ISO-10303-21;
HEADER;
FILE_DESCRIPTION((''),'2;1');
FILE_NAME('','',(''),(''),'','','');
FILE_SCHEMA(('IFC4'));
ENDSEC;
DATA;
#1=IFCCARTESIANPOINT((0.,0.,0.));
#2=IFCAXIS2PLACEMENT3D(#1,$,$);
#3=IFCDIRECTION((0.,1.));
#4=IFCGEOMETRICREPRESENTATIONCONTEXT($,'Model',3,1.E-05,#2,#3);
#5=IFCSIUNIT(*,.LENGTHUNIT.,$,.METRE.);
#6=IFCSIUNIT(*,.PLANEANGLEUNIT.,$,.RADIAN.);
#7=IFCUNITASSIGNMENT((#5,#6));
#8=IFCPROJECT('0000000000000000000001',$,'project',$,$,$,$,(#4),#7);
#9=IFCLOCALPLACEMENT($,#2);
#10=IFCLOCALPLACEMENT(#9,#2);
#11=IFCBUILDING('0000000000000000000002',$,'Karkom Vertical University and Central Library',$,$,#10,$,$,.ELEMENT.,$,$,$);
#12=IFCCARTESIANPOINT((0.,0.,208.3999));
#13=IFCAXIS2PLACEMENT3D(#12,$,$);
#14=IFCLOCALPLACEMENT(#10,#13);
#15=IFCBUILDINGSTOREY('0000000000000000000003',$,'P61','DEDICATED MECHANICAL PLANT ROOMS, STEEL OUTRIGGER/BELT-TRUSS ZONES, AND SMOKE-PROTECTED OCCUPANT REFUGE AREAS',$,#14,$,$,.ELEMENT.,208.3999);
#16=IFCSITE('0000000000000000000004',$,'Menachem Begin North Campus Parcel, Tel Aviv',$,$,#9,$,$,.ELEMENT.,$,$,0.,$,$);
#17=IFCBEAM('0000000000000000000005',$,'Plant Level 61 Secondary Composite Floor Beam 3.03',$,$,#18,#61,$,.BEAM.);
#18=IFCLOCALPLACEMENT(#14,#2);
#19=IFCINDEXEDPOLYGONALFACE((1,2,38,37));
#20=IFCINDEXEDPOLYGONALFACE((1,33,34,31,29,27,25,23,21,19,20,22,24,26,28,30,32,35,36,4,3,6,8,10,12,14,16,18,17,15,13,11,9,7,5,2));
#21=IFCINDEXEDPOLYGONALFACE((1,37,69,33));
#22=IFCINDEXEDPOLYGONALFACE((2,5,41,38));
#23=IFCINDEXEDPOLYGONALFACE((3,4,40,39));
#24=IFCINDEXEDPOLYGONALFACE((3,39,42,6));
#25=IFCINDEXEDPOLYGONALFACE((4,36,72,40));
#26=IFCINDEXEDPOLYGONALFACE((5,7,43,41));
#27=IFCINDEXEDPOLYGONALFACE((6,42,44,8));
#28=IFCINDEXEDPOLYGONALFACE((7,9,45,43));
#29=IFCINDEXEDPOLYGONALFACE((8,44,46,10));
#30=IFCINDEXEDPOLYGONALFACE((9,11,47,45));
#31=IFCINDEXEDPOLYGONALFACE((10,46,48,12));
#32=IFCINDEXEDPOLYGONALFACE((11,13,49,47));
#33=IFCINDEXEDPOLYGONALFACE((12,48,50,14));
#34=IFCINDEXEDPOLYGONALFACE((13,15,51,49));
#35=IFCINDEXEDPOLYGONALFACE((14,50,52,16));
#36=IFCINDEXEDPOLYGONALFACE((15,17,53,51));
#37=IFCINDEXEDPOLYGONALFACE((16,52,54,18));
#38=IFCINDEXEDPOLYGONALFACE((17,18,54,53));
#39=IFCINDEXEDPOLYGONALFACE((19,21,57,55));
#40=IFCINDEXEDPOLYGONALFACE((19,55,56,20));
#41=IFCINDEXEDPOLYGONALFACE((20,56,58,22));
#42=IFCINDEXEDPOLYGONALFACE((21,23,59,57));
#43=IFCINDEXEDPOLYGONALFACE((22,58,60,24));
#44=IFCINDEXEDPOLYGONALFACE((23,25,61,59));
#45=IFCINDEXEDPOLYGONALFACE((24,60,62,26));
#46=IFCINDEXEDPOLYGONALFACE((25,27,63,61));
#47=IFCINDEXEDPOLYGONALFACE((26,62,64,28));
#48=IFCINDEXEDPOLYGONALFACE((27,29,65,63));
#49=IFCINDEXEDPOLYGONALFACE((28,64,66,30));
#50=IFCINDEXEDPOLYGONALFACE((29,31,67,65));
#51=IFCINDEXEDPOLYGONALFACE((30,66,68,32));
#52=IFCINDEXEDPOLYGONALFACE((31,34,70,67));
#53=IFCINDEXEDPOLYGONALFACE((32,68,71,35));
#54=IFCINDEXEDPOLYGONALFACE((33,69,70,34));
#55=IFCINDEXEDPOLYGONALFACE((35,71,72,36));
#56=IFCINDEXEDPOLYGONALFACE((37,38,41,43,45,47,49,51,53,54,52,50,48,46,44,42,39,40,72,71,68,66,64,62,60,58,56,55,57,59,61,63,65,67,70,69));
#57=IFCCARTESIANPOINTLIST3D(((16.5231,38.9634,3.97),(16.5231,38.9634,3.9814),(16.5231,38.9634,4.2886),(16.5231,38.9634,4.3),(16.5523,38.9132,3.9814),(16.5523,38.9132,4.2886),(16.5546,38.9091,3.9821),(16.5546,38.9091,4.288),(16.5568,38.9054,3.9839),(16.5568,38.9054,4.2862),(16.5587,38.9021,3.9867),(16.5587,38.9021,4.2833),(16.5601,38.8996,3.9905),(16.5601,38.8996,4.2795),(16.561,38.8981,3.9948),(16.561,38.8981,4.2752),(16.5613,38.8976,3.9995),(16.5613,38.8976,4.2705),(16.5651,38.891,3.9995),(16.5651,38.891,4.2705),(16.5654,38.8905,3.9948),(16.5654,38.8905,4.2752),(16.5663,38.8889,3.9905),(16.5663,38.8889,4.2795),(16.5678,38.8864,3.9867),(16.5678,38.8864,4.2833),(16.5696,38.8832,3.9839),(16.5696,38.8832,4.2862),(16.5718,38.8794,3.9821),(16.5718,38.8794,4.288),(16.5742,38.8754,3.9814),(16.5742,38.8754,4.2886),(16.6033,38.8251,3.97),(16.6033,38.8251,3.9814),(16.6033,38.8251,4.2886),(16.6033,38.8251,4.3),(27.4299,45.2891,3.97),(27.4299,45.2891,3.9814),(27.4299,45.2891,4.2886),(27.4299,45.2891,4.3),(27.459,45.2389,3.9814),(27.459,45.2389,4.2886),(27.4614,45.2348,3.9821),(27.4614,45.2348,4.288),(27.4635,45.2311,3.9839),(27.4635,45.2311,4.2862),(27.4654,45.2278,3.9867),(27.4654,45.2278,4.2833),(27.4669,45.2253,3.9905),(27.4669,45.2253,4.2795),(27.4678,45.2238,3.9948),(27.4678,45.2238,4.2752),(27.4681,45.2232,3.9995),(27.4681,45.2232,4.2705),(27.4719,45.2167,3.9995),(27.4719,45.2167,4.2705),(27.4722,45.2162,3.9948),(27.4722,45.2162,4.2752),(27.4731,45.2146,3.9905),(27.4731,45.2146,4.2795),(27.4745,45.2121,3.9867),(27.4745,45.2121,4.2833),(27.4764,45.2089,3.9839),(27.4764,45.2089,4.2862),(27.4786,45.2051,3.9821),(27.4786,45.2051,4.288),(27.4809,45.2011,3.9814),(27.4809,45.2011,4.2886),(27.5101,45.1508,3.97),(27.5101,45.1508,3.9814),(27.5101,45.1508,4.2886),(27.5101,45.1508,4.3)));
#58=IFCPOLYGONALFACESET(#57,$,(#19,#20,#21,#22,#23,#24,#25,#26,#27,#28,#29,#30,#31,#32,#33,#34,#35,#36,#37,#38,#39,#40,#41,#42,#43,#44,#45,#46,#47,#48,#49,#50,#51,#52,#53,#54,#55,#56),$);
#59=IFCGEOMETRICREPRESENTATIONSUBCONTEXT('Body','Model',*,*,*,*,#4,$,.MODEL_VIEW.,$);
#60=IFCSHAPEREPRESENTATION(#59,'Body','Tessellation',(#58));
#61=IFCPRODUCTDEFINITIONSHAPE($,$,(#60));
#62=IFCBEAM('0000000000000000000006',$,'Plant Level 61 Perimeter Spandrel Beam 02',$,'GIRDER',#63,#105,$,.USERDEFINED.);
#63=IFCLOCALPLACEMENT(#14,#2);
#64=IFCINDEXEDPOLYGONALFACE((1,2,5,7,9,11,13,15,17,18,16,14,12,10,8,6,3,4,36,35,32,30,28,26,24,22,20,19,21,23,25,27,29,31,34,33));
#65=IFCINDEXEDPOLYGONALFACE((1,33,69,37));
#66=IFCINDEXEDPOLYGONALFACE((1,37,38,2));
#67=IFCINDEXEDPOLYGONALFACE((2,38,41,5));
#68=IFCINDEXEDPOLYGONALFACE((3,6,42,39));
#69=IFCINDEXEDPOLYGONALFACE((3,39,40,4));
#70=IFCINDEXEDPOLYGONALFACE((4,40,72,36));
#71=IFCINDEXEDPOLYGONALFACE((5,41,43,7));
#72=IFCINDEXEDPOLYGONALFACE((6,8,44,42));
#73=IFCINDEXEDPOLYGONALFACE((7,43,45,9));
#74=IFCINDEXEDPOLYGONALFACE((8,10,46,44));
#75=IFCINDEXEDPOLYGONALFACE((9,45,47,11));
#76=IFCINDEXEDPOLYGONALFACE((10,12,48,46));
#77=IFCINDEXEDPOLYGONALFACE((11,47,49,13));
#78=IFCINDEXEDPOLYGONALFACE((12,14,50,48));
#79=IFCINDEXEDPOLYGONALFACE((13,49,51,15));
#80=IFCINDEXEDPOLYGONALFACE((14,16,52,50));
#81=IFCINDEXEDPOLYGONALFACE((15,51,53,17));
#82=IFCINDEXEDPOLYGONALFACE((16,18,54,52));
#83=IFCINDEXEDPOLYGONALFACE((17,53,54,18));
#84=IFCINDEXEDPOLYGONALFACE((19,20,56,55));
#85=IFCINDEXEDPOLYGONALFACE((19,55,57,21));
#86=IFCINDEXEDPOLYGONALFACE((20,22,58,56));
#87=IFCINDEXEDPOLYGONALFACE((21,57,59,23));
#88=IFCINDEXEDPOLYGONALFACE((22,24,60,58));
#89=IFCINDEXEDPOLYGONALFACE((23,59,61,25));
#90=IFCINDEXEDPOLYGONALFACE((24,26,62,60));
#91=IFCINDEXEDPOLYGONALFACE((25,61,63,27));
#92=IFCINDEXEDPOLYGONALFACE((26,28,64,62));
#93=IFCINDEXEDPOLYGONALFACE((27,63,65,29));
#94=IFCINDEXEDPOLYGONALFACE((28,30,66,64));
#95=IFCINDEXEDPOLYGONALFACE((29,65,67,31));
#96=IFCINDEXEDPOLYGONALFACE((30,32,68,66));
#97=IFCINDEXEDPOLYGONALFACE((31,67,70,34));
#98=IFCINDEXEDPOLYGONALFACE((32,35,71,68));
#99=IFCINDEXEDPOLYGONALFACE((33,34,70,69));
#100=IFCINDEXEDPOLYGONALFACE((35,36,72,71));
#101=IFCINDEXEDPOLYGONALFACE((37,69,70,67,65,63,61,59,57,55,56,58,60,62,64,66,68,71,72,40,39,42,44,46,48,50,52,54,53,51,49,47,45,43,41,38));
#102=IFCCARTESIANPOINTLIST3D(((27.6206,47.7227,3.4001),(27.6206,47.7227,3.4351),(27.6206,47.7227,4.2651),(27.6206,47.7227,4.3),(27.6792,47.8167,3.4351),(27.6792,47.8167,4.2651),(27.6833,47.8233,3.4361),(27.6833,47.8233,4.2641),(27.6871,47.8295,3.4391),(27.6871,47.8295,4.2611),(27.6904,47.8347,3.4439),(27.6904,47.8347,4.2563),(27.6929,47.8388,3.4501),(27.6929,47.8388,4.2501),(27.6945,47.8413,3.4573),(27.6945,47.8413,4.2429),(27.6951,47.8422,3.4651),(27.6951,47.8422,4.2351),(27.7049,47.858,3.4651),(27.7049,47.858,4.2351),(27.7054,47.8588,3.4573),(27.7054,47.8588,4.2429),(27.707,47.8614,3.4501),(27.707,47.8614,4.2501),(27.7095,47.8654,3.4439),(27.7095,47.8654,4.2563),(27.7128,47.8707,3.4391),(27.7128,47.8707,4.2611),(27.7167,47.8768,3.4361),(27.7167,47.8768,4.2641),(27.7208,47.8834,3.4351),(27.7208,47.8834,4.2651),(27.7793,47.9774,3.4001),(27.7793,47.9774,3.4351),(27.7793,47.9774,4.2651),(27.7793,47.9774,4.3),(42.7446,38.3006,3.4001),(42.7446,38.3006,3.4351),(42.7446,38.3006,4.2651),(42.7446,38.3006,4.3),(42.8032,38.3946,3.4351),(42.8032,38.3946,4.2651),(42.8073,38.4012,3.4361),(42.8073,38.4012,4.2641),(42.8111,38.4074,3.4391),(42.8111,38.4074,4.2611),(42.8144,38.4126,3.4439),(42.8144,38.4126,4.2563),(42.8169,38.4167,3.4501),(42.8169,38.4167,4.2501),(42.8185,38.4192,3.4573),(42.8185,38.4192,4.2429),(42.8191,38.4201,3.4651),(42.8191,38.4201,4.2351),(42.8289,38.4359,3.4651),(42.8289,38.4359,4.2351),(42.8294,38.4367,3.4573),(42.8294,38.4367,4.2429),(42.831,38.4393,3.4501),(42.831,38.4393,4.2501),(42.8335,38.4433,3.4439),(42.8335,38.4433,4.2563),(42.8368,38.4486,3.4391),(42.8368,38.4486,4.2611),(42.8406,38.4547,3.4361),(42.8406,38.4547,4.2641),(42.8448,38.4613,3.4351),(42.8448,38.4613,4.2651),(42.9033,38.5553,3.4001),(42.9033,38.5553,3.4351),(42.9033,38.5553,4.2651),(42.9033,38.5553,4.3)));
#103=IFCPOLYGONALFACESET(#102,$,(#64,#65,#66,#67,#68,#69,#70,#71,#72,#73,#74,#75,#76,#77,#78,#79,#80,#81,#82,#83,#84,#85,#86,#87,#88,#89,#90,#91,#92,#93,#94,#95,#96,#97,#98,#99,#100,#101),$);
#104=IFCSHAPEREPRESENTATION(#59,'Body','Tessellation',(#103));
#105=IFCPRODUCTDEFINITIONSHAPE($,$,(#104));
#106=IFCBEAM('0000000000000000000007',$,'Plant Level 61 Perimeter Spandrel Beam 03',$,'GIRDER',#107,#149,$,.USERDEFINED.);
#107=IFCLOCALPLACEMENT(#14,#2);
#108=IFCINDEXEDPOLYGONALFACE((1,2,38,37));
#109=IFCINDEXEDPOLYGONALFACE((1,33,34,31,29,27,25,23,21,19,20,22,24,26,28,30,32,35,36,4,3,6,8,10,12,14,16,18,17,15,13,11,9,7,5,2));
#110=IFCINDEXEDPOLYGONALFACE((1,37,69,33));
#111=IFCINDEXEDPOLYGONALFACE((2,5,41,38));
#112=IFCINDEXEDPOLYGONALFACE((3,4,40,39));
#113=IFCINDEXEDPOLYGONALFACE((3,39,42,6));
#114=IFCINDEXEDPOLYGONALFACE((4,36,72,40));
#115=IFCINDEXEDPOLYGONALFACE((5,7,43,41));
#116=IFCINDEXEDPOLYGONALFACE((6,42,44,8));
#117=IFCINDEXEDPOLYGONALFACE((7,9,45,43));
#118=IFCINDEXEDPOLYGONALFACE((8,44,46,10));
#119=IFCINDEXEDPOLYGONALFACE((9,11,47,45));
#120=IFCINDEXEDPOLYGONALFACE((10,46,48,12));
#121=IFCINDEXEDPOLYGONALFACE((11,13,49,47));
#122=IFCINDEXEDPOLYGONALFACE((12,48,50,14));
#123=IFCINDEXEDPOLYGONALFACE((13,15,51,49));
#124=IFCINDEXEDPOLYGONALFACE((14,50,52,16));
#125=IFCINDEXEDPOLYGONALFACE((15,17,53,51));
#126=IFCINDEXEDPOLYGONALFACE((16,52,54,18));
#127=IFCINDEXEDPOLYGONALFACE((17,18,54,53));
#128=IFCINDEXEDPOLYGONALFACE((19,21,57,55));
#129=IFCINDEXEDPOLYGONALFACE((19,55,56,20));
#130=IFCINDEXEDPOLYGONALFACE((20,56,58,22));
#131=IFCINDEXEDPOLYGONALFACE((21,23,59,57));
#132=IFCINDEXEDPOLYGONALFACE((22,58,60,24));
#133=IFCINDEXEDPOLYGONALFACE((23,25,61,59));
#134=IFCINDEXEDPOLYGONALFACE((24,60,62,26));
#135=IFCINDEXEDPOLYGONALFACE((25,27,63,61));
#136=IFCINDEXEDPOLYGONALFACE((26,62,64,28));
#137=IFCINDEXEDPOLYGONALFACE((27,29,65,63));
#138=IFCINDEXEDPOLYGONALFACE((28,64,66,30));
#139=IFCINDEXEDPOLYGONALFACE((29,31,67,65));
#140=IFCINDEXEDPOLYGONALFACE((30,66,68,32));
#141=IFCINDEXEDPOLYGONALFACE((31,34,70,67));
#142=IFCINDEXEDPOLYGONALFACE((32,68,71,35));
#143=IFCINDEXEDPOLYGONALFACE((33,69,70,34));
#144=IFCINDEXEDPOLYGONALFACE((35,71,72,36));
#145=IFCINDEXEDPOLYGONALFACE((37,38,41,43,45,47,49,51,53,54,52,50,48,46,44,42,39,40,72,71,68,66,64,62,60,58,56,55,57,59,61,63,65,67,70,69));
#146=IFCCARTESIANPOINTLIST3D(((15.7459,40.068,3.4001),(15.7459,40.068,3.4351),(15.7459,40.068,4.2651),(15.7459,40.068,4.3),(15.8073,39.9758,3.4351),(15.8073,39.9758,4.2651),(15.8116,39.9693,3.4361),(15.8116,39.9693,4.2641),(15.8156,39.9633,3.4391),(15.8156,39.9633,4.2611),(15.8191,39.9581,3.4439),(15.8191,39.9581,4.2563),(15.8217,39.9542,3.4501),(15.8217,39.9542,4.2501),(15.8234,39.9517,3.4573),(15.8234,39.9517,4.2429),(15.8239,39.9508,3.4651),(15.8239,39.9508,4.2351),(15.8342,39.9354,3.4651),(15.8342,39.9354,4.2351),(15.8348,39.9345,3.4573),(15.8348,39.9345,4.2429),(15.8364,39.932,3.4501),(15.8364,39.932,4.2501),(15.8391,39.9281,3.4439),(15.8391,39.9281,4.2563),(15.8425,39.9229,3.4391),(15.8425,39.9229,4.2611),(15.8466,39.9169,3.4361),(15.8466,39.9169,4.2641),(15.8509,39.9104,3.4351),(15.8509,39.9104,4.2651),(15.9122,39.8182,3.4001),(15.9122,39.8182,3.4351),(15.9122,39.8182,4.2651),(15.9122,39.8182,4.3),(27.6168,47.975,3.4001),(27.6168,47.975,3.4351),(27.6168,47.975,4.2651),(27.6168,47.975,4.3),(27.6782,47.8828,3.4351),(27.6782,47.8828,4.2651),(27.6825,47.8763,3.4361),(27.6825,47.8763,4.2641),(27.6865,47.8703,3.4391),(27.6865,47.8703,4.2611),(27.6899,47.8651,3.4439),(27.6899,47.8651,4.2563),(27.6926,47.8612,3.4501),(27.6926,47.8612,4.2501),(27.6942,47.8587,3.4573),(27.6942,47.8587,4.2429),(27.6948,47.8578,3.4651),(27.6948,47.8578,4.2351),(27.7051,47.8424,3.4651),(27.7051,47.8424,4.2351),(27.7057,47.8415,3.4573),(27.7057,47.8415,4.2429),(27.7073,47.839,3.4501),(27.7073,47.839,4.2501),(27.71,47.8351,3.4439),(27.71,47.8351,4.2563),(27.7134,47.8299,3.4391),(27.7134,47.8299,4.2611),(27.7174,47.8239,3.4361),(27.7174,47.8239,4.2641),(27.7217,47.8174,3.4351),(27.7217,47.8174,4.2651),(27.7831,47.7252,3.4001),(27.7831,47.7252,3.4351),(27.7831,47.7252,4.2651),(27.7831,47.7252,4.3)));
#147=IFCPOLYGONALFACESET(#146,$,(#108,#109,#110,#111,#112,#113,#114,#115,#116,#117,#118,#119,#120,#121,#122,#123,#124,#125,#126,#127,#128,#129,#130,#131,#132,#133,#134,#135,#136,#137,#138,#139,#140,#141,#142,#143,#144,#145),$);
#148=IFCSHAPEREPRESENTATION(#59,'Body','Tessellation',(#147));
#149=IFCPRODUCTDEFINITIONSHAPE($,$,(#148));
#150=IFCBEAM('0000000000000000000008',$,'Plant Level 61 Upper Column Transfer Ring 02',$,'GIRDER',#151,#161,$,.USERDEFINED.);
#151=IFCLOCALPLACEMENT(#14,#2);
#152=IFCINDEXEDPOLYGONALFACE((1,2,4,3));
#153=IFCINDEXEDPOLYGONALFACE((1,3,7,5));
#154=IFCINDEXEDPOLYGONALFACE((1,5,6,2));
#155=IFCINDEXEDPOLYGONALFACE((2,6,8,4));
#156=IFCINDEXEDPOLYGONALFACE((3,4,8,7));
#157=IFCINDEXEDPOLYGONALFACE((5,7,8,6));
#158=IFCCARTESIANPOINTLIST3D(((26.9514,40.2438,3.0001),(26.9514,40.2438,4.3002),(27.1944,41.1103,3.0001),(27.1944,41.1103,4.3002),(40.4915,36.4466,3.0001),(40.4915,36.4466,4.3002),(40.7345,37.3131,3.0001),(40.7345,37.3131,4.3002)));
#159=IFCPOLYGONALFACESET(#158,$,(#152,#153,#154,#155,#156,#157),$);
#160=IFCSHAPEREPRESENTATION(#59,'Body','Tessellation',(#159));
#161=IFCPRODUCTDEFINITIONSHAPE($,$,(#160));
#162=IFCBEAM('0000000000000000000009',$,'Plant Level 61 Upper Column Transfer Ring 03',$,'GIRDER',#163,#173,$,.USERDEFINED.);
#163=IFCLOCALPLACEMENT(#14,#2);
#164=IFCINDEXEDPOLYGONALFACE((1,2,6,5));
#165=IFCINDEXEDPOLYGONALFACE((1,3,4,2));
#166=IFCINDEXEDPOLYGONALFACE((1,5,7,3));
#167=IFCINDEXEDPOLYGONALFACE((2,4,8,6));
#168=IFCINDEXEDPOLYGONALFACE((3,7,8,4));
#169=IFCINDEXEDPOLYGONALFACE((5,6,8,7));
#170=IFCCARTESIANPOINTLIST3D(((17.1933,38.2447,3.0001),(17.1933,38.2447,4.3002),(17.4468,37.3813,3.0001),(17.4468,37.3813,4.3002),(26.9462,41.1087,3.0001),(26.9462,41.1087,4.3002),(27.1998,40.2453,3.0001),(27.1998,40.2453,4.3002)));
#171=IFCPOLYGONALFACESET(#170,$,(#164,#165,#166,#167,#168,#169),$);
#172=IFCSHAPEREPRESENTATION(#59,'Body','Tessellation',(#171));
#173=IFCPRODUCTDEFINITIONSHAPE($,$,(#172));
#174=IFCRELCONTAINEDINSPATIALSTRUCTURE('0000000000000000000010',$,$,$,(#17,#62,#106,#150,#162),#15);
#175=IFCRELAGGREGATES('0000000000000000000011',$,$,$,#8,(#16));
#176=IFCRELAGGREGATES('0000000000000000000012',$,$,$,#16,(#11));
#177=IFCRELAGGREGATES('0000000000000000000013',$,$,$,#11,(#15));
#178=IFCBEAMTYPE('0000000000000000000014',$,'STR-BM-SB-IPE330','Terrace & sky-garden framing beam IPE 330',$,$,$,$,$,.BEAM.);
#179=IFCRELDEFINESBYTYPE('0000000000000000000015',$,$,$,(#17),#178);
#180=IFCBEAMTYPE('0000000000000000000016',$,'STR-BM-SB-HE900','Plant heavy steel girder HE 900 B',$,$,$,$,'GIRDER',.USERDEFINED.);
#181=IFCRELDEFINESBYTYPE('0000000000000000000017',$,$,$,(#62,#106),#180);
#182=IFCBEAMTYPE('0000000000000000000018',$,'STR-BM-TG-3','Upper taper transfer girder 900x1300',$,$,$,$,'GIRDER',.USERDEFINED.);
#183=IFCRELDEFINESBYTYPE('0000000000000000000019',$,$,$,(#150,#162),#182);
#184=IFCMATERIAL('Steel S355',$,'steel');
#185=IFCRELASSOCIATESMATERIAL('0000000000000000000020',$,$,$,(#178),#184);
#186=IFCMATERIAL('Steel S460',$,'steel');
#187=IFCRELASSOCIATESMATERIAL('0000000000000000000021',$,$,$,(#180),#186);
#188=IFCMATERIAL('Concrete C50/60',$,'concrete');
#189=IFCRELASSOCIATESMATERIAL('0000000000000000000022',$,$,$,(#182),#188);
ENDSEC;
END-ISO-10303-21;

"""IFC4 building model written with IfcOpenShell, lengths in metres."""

from ifc_helpers import new_model, si_unit, direction, frame, origin, origin_with_axes, origin_2d, place, context, subcontext, project, spatial, rectangle, i_section, extrude, source, transform, mapped, material, material_profile, profile_set, type_object, element, save


model = new_model("IFC4")

# Units and contexts
model_context = context("Model", 3, precision=1e-05, world=origin(), true_north=direction((0.0, 1.0)))
body_context = subcontext(model_context, "Body", "Model", "MODEL_VIEW")
ifc_project = project(units=[si_unit("LENGTHUNIT", "METRE"), si_unit("PLANEANGLEUNIT", "RADIAN")], contexts=[model_context])

# Site, building, storey
site_placement = place(None, origin())
site = spatial("IfcSite", under=ifc_project, at=site_placement, Name="Menachem Begin North Campus Parcel, Tel Aviv", CompositionType="ELEMENT", RefElevation=0.0)
building_placement = place(site_placement, origin())
building = spatial("IfcBuilding", under=site, at=building_placement, Name="Karkom Vertical University and Central Library", CompositionType="ELEMENT")
storey_placement = place(building_placement, frame((0.0, 0.0, 208.3999)))
storey = spatial("IfcBuildingStorey", under=building, at=storey_placement, Name="P61", Description="DEDICATED MECHANICAL PLANT ROOMS, STEEL OUTRIGGER/BELT-TRUSS ZONES, AND SMOKE-PROTECTED OCCUPANT REFUGE AREAS", CompositionType="ELEMENT", Elevation=208.3999)

# Shared definitions
ifc_material_1 = material(Name="Concrete C50/60", Category="concrete")

# Beams
ifc_material_2 = material(Name="Steel S355", Category="steel")
ifc_material_profile_1 = material_profile(ifc_material_2, i_section(OverallWidth=0.1599, OverallDepth=0.3301, WebThickness=0.0076, FlangeThickness=0.0115, FilletRadius=0.0181, at=origin_2d()), Name="IPE 330")
ifc_profile_set_1 = profile_set([ifc_material_profile_1], Name="Steel S355")
beam_type_1 = type_object("IfcBeamType", Name="STR-BM-SB-IPE330", Description="Terrace & sky-garden framing beam IPE 330", PredefinedType="BEAM", material=ifc_profile_set_1)
shared_shape_1 = source(origin_with_axes(), body_context, "Body", "SweptSolid", [
    extrude(i_section(OverallWidth=0.1599, OverallDepth=0.3301, WebThickness=0.0076, FlangeThickness=0.0115, FilletRadius=0.0181, at=origin_2d()), origin(), (0.0, 0.0, 1.0), 12.6084),
])
beam_1_placement = place(storey_placement, frame((27.47, 45.22, 4.135), z_axis=(-0.865039, -0.501705, 0.0), x_axis=(0.501705, -0.865039, 0.0)))
element("IfcBeam", 1, at=beam_1_placement, inside=storey, type_object=beam_type_1, Name="Plant Level 61 Secondary Composite Floor Beam 3.03", PredefinedType="BEAM", context=body_context, shape_type="MappedRepresentation", body=[
    mapped(shared_shape_1, transform((0.0, 0.0, 0.0), scale=1.0)),
])
ifc_material_3 = material(Name="Steel S460", Category="steel")
ifc_material_profile_2 = material_profile(ifc_material_3, i_section(OverallWidth=0.3, OverallDepth=0.8999, WebThickness=0.0186, FlangeThickness=0.0349, FilletRadius=0.03, at=origin_2d()), Name="HE 900 B")
ifc_profile_set_2 = profile_set([ifc_material_profile_2], Name="Steel S460")
beam_type_2 = type_object("IfcBeamType", Name="STR-BM-SB-HE900", Description="Plant heavy steel girder HE 900 B", ElementType="GIRDER", PredefinedType="USERDEFINED", material=ifc_profile_set_2)
shared_shape_2 = source(origin_with_axes(), body_context, "Body", "SweptSolid", [
    extrude(i_section(OverallWidth=0.3, OverallDepth=0.8999, WebThickness=0.0186, FlangeThickness=0.0349, FilletRadius=0.03, at=origin_2d()), origin(), (0.0, 0.0, 1.0), 17.8188),
])
beam_2_placement = place(storey_placement, frame((42.824, 38.428, 3.8501), z_axis=(-0.848764, 0.528772, 0.0), x_axis=(-0.528772, -0.848764, 0.0)))
element("IfcBeam", 2, at=beam_2_placement, inside=storey, type_object=beam_type_2, Name="Plant Level 61 Perimeter Spandrel Beam 02", ObjectType="GIRDER", PredefinedType="USERDEFINED", context=body_context, shape_type="MappedRepresentation", body=[
    mapped(shared_shape_2, transform((0.0, 0.0, 0.0), scale=1.0)),
])
shared_shape_3 = source(origin_with_axes(), body_context, "Body", "SweptSolid", [
    extrude(i_section(OverallWidth=0.3, OverallDepth=0.8999, WebThickness=0.0186, FlangeThickness=0.0349, FilletRadius=0.03, at=origin_2d()), origin(), (0.0, 0.0, 1.0), 14.2632),
])
beam_3_placement = place(storey_placement, frame((27.7, 47.8501, 3.8501), z_axis=(-0.832274, -0.554364, 0.0), x_axis=(0.554364, -0.832274, 0.0)))
element("IfcBeam", 3, at=beam_3_placement, inside=storey, type_object=beam_type_2, Name="Plant Level 61 Perimeter Spandrel Beam 03", ObjectType="GIRDER", PredefinedType="USERDEFINED", context=body_context, shape_type="MappedRepresentation", body=[
    mapped(shared_shape_3, transform((0.0, 0.0, 0.0), scale=1.0)),
])
ifc_material_profile_3 = material_profile(ifc_material_1, rectangle(XDim=0.8999, YDim=1.3, at=origin_2d()), Name="TG-900x1300")
ifc_profile_set_3 = profile_set([ifc_material_profile_3], Name="Concrete C50/60")
beam_type_3 = type_object("IfcBeamType", Name="STR-BM-TG-3", Description="Upper taper transfer girder 900x1300", ElementType="GIRDER", PredefinedType="USERDEFINED", material=ifc_profile_set_3)
shared_shape_4 = source(origin_with_axes(), body_context, "Body", "SweptSolid", [
    extrude(rectangle(XDim=0.8999, YDim=1.3, at=origin_2d()), origin(), (0.0, 0.0, 1.0), 14.0625),
])
beam_4_placement = place(storey_placement, frame((40.613, 36.8799, 3.6501), z_axis=(-0.962855, 0.27002, 0.0), x_axis=(-0.27002, -0.962855, 0.0)))
element("IfcBeam", 4, at=beam_4_placement, inside=storey, type_object=beam_type_3, Name="Plant Level 61 Upper Column Transfer Ring 02", ObjectType="GIRDER", PredefinedType="USERDEFINED", context=body_context, shape_type="MappedRepresentation", body=[
    mapped(shared_shape_4, transform((0.0, 0.0, 0.0), scale=1.0)),
])
shared_shape_5 = source(origin_with_axes(), body_context, "Body", "SweptSolid", [
    extrude(rectangle(XDim=0.8999, YDim=1.3, at=origin_2d()), origin(), (0.0, 0.0, 1.0), 10.1648),
])
beam_5_placement = place(storey_placement, frame((27.073, 40.677, 3.6501), z_axis=(-0.959485, -0.281759, 0.0), x_axis=(0.281759, -0.959485, 0.0)))
element("IfcBeam", 5, at=beam_5_placement, inside=storey, type_object=beam_type_3, Name="Plant Level 61 Upper Column Transfer Ring 03", ObjectType="GIRDER", PredefinedType="USERDEFINED", context=body_context, shape_type="MappedRepresentation", body=[
    mapped(shared_shape_5, transform((0.0, 0.0, 0.0), scale=1.0)),
])

save(model, "model.ifc")
